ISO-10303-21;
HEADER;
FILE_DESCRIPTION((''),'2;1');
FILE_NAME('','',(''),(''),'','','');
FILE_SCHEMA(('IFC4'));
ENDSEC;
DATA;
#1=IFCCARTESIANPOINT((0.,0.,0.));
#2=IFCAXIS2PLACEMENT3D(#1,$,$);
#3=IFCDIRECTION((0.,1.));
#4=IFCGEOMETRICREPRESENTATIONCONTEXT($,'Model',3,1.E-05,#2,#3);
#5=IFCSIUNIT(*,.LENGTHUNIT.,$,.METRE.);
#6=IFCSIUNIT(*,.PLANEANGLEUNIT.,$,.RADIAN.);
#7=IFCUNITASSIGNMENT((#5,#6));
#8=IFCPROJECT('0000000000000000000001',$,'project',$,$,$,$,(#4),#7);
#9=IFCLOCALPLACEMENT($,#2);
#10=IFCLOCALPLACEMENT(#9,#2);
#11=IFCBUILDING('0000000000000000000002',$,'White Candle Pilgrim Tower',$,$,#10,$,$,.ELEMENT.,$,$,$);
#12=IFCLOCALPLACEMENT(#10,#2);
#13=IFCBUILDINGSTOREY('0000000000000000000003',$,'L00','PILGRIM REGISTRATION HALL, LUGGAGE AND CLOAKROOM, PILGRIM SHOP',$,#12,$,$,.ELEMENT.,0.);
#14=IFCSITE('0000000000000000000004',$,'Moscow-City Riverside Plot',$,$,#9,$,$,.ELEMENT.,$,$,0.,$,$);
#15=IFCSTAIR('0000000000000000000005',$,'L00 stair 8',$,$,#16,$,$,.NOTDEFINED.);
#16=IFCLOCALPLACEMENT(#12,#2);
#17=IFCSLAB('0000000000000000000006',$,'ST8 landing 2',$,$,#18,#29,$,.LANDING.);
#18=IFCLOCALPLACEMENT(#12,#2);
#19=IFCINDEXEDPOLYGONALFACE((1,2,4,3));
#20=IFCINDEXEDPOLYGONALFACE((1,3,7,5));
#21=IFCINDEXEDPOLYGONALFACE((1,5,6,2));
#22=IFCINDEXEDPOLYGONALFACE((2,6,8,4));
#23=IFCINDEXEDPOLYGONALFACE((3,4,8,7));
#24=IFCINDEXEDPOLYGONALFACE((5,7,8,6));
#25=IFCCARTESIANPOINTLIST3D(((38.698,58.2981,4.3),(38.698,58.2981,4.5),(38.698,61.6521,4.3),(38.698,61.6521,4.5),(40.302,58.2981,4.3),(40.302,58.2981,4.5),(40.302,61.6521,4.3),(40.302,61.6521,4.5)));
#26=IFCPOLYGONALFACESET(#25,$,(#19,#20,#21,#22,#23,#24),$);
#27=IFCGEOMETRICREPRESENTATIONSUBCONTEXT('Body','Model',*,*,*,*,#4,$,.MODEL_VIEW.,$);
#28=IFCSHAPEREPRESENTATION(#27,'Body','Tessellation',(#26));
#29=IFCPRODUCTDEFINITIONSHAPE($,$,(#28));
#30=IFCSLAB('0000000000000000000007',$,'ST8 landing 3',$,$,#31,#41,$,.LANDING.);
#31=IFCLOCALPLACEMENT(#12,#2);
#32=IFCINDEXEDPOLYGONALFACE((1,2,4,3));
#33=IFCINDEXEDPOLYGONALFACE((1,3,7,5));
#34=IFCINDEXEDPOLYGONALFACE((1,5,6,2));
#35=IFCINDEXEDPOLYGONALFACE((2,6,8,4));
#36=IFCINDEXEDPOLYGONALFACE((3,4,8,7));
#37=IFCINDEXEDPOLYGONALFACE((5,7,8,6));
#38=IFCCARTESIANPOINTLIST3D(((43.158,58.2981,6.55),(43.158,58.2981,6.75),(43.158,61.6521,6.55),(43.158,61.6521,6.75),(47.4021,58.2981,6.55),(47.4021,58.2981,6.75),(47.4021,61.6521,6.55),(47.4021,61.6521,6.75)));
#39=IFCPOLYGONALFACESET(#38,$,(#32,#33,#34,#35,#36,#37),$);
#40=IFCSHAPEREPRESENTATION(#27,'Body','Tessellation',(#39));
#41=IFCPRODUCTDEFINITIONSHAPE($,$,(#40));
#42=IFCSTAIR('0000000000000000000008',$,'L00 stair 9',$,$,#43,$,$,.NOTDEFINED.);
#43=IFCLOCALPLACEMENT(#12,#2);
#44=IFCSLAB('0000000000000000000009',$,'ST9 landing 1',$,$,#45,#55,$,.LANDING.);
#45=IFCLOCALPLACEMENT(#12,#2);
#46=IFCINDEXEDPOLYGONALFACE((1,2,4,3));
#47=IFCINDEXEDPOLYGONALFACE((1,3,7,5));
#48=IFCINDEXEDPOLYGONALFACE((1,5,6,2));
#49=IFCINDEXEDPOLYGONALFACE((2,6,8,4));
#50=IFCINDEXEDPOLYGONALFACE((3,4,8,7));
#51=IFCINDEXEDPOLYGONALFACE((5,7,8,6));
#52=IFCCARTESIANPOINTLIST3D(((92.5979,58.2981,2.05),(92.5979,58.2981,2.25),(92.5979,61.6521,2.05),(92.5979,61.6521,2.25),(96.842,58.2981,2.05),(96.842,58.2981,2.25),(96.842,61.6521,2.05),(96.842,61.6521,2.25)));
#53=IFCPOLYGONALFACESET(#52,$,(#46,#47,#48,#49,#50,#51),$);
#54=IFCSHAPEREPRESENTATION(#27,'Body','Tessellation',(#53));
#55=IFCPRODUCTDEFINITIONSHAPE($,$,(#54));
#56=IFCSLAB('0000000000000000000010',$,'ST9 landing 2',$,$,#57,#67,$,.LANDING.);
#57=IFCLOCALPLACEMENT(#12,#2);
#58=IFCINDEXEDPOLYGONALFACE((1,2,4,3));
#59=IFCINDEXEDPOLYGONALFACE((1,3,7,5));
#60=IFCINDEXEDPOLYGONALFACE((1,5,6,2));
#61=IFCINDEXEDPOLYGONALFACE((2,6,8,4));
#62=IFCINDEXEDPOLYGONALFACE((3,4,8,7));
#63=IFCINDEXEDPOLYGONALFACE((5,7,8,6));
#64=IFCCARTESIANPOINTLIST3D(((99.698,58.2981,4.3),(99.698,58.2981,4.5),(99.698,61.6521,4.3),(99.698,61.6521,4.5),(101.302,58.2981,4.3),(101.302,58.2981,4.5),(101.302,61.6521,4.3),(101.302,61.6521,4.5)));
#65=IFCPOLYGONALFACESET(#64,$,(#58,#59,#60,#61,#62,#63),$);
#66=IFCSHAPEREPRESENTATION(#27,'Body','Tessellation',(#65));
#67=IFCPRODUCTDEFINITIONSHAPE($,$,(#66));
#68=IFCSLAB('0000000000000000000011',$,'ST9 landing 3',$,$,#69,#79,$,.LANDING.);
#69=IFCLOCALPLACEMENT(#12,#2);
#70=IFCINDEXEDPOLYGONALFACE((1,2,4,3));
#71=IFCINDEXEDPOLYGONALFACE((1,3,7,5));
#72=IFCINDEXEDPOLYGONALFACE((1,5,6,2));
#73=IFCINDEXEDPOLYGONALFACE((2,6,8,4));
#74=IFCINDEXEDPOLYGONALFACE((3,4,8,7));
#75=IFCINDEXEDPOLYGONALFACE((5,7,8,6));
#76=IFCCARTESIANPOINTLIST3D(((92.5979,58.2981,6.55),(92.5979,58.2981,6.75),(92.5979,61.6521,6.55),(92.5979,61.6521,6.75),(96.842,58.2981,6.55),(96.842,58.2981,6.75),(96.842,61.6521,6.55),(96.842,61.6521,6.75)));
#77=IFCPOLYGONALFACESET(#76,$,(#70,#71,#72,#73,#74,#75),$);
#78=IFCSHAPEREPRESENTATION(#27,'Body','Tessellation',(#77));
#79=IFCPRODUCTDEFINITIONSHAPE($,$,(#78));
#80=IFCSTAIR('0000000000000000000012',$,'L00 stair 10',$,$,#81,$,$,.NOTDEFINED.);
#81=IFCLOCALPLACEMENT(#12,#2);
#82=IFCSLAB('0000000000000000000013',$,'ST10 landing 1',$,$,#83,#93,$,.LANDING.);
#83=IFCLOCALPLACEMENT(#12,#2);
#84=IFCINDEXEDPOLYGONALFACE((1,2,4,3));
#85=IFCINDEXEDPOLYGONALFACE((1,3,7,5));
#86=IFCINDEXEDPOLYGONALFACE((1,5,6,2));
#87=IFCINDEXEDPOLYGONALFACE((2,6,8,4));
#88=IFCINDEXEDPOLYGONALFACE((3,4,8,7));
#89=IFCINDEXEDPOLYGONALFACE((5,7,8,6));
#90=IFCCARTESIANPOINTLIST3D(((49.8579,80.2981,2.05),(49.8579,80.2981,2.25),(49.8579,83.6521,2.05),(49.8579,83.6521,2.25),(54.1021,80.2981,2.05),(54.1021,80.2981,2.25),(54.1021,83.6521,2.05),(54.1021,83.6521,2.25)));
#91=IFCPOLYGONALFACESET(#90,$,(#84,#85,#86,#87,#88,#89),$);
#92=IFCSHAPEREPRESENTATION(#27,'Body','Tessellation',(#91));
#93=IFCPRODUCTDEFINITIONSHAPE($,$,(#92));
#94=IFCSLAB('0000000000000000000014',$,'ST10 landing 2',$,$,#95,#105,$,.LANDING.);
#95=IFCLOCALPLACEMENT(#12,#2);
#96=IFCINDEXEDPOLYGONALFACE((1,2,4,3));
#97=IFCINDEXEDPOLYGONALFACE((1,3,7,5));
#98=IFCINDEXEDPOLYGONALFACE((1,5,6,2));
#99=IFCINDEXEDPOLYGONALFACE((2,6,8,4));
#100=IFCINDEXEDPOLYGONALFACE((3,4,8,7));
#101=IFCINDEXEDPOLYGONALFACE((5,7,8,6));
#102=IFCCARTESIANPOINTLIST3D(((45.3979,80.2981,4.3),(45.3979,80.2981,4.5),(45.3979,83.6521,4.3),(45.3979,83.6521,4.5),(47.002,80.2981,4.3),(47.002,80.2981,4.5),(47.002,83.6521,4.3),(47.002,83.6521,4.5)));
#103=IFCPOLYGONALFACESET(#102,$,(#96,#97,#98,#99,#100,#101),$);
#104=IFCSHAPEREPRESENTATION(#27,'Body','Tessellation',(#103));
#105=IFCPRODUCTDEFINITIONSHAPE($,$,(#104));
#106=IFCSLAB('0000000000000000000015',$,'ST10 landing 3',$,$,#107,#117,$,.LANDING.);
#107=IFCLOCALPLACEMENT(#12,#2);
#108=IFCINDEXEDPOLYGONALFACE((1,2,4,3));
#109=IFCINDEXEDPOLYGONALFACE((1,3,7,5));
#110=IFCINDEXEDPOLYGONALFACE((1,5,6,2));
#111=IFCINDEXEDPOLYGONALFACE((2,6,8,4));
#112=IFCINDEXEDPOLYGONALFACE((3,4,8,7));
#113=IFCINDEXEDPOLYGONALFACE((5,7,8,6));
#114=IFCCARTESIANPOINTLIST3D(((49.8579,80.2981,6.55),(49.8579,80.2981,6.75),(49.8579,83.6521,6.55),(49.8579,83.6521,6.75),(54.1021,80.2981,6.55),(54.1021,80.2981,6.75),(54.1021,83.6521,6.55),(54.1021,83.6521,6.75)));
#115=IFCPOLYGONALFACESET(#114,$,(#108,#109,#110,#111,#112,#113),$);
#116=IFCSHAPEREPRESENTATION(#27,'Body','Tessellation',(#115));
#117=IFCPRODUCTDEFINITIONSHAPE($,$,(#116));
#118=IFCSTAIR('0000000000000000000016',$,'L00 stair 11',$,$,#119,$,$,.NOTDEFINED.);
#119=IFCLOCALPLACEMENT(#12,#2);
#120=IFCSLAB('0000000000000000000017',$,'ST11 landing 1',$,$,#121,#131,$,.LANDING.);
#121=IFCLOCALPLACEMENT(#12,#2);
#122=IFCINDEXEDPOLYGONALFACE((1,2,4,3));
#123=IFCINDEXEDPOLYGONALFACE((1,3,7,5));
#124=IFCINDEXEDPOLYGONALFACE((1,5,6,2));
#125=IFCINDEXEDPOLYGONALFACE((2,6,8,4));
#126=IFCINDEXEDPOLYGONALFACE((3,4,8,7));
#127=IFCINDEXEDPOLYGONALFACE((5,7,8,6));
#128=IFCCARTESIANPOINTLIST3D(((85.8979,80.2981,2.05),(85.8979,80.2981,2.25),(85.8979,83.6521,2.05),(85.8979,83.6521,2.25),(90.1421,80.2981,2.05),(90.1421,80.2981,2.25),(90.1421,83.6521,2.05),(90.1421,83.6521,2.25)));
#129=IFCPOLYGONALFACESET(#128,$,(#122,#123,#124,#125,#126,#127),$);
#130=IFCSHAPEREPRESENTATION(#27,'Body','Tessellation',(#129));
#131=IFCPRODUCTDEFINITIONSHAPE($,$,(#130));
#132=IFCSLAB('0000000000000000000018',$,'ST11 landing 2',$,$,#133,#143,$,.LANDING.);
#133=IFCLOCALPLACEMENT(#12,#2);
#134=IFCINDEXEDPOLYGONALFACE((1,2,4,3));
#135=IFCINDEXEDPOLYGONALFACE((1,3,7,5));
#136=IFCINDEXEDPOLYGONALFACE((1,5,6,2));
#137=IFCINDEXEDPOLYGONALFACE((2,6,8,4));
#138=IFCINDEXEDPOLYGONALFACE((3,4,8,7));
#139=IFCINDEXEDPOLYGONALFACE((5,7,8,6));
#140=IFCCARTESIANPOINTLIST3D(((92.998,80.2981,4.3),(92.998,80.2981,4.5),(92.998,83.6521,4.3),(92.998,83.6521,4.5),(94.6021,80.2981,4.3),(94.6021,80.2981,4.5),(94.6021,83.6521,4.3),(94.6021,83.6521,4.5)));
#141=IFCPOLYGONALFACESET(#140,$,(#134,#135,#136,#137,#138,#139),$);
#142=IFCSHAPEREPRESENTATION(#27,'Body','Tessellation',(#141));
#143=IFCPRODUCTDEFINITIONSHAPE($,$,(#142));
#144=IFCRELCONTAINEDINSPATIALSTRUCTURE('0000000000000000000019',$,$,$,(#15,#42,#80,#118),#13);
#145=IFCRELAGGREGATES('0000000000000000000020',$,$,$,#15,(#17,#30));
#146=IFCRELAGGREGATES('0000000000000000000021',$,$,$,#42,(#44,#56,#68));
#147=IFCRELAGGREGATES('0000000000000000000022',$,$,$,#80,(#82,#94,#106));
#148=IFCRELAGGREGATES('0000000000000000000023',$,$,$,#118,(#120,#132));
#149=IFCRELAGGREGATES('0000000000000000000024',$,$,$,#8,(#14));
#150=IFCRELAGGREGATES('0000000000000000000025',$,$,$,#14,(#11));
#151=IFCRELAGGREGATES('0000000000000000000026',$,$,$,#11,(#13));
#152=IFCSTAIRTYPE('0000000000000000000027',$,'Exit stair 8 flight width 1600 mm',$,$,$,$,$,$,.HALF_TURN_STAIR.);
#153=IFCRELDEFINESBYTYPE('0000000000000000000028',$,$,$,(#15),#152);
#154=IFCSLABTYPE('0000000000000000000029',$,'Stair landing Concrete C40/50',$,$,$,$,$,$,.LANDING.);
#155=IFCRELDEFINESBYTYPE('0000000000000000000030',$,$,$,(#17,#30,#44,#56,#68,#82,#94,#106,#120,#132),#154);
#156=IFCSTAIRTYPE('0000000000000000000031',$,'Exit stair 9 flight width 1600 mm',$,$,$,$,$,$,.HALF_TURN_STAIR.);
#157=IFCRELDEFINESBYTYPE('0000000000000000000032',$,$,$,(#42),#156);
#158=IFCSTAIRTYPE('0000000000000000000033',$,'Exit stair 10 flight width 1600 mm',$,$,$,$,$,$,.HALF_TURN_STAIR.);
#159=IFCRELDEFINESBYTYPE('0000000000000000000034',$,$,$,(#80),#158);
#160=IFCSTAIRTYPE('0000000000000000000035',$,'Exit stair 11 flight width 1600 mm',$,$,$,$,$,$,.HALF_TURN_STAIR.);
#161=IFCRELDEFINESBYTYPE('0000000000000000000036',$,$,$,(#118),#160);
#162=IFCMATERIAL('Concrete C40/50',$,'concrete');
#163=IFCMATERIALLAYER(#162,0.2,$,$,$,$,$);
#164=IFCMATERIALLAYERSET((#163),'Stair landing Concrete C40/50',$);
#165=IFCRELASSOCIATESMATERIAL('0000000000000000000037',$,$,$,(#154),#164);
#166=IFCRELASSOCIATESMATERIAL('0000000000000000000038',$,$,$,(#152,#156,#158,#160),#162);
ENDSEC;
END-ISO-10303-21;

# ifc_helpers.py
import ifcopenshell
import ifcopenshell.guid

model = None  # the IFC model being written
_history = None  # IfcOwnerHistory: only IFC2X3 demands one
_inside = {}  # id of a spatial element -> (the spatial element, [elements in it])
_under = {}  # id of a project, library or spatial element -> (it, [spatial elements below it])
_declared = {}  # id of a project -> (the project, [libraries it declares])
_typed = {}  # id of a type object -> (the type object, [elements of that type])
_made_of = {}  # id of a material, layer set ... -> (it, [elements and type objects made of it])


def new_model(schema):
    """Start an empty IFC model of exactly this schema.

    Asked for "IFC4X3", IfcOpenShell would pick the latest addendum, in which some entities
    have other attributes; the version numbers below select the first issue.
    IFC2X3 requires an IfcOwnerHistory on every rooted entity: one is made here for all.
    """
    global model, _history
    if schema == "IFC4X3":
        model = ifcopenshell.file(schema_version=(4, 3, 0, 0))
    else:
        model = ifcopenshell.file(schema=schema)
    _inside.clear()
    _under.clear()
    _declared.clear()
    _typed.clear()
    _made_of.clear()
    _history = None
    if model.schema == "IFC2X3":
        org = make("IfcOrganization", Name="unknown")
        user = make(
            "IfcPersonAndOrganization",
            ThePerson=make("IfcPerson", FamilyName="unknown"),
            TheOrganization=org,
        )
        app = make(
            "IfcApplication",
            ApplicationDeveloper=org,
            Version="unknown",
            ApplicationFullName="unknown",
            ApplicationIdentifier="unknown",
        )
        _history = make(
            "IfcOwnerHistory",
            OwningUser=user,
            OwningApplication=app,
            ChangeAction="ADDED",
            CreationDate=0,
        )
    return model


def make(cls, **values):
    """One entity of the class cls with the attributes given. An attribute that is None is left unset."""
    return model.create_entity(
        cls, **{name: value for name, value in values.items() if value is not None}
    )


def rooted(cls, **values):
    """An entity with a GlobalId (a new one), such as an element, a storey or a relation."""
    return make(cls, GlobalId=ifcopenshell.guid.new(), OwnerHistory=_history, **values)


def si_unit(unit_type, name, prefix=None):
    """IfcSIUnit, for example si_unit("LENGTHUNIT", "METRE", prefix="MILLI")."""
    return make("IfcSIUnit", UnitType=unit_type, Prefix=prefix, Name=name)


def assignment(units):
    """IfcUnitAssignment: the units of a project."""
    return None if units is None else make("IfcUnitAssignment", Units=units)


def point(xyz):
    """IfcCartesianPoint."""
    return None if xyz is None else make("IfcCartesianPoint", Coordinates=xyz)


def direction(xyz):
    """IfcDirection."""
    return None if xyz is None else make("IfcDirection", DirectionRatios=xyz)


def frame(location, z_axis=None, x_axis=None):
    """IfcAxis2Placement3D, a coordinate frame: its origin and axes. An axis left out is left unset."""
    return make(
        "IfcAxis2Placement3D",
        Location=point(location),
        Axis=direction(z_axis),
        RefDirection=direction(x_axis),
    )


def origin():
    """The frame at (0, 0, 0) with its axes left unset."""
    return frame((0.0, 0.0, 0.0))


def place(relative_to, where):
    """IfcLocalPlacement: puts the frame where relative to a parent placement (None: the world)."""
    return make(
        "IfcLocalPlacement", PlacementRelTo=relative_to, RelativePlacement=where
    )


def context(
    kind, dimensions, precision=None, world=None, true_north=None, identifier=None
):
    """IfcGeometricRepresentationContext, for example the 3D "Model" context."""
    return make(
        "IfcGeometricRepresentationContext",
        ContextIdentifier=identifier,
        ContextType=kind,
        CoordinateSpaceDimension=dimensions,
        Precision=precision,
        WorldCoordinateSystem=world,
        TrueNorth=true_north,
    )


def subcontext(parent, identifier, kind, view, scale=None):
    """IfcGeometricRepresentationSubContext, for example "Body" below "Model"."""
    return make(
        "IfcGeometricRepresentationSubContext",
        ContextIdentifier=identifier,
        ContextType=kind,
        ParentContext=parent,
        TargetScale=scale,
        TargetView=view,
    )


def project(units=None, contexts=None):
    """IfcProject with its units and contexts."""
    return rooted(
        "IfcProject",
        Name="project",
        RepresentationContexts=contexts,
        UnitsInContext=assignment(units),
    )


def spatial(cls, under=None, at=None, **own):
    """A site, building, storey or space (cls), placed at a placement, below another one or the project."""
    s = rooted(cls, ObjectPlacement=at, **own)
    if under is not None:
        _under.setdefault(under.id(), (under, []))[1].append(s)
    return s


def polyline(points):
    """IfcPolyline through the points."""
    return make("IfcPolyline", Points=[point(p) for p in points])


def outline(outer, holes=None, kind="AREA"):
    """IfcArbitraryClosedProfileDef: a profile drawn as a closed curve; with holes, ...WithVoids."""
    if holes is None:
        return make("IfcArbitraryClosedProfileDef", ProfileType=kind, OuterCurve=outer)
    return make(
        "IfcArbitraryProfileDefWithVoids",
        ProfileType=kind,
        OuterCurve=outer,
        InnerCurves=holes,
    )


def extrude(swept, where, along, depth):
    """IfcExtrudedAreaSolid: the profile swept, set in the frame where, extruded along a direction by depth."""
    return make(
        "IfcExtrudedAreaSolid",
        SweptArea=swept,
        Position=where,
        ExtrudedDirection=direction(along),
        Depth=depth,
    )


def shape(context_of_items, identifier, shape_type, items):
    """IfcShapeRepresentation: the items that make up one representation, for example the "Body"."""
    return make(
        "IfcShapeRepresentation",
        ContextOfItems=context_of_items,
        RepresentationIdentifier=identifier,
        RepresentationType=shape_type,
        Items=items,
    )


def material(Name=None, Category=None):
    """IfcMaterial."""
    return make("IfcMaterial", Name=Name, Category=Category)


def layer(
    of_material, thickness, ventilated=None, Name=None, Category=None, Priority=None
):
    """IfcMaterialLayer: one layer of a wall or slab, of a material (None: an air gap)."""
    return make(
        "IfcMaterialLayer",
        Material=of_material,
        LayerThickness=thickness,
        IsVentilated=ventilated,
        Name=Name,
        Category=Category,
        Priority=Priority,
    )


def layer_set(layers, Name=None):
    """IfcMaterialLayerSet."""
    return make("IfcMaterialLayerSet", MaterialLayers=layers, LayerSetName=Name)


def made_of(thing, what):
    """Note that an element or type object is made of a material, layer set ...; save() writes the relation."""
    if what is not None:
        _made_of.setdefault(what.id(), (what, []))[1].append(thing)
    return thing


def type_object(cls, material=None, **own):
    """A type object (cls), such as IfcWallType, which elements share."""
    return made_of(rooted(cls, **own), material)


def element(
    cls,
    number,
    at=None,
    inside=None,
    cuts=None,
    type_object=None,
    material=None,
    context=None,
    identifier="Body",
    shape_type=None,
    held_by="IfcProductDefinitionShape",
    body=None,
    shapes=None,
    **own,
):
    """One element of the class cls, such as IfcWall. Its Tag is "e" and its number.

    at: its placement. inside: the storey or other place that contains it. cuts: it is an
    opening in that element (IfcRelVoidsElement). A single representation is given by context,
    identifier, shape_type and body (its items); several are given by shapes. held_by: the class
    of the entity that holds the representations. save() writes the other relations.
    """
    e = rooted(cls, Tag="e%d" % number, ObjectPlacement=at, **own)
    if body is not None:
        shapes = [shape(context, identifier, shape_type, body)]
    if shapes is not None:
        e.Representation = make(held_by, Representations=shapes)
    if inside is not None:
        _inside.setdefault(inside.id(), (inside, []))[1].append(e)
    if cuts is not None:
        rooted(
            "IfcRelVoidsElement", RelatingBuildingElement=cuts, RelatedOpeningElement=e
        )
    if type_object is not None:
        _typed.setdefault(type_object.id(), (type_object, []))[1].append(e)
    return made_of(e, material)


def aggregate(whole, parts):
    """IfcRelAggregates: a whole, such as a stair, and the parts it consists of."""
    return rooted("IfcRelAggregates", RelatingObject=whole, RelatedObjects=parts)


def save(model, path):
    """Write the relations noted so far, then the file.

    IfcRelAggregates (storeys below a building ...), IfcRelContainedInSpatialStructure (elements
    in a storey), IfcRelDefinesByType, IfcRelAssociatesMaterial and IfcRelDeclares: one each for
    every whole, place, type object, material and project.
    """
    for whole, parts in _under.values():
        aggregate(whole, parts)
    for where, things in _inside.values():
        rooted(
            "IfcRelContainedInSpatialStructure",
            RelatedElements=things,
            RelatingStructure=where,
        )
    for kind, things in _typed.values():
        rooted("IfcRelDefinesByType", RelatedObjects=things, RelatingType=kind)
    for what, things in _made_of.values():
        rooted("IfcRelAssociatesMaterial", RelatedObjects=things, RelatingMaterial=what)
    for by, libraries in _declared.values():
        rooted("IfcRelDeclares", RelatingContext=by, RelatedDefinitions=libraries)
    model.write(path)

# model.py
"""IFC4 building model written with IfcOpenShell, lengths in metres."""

from ifc_helpers import new_model, si_unit, direction, frame, origin, place, context, subcontext, project, spatial, polyline, outline, extrude, material, layer, layer_set, type_object, element, aggregate, save


model = new_model("IFC4")

# Units and contexts
model_context = context("Model", 3, precision=1e-05, world=origin(), true_north=direction((0.0, 1.0)))
body_context = subcontext(model_context, "Body", "Model", "MODEL_VIEW")
ifc_project = project(units=[si_unit("LENGTHUNIT", "METRE"), si_unit("PLANEANGLEUNIT", "RADIAN")], contexts=[model_context])

# Site, building, storey
site_placement = place(None, origin())
site = spatial("IfcSite", under=ifc_project, at=site_placement, Name="Moscow-City Riverside Plot", CompositionType="ELEMENT", RefElevation=0.0)
building_placement = place(site_placement, origin())
building = spatial("IfcBuilding", under=site, at=building_placement, Name="White Candle Pilgrim Tower", CompositionType="ELEMENT")
storey_placement = place(building_placement, origin())
storey = spatial("IfcBuildingStorey", under=building, at=storey_placement, Name="L00", Description="PILGRIM REGISTRATION HALL, LUGGAGE AND CLOAKROOM, PILGRIM SHOP", CompositionType="ELEMENT", Elevation=0.0)

# Shared definitions
ifc_material = material(Name="Concrete C40/50", Category="concrete")
ifc_layer = layer(ifc_material, 0.2)
ifc_layer_set = layer_set([ifc_layer], Name="Stair landing Concrete C40/50")
slab_type = type_object("IfcSlabType", Name="Stair landing Concrete C40/50", PredefinedType="LANDING", material=ifc_layer_set)

# Stairs, slabs
stair_type_1 = type_object("IfcStairType", Name="Exit stair 8 flight width 1600 mm", PredefinedType="HALF_TURN_STAIR", material=ifc_material)
stair_1_placement = place(storey_placement, origin())
stair_1 = element("IfcStair", 1, at=stair_1_placement, inside=storey, type_object=stair_type_1, Name="L00 stair 8", PredefinedType="NOTDEFINED")
slab_1_placement = place(storey_placement, frame((0.0, 0.0, 4.3)))
slab_1 = element("IfcSlab", 2, at=slab_1_placement, type_object=slab_type, Name="ST8 landing 2", PredefinedType="LANDING", context=body_context, shape_type="SweptSolid", body=[
    extrude(outline(polyline([(38.698, 58.2981), (38.698, 61.6521), (40.302, 61.6521), (40.302, 58.2981), (38.698, 58.2981)])), origin(), (0.0, 0.0, 1.0), 0.2),
])
slab_2_placement = place(storey_placement, frame((0.0, 0.0, 6.55)))
slab_2 = element("IfcSlab", 3, at=slab_2_placement, type_object=slab_type, Name="ST8 landing 3", PredefinedType="LANDING", context=body_context, shape_type="SweptSolid", body=[
    extrude(outline(polyline([(43.158, 58.2981), (43.158, 61.6521), (47.4021, 61.6521), (47.4021, 58.2981), (43.158, 58.2981)])), origin(), (0.0, 0.0, 1.0), 0.2),
])
aggregate(stair_1, [slab_1, slab_2])
stair_type_2 = type_object("IfcStairType", Name="Exit stair 9 flight width 1600 mm", PredefinedType="HALF_TURN_STAIR", material=ifc_material)
stair_2_placement = place(storey_placement, origin())
stair_2 = element("IfcStair", 4, at=stair_2_placement, inside=storey, type_object=stair_type_2, Name="L00 stair 9", PredefinedType="NOTDEFINED")
slab_3_placement = place(storey_placement, frame((0.0, 0.0, 2.05)))
slab_3 = element("IfcSlab", 5, at=slab_3_placement, type_object=slab_type, Name="ST9 landing 1", PredefinedType="LANDING", context=body_context, shape_type="SweptSolid", body=[
    extrude(outline(polyline([(96.842, 61.6521), (96.842, 58.2981), (92.5979, 58.2981), (92.5979, 61.6521), (96.842, 61.6521)])), origin(), (0.0, 0.0, 1.0), 0.2),
])
slab_4_placement = place(storey_placement, frame((0.0, 0.0, 4.3)))
slab_4 = element("IfcSlab", 6, at=slab_4_placement, type_object=slab_type, Name="ST9 landing 2", PredefinedType="LANDING", context=body_context, shape_type="SweptSolid", body=[
    extrude(outline(polyline([(101.302, 61.6521), (101.302, 58.2981), (99.698, 58.2981), (99.698, 61.6521), (101.302, 61.6521)])), origin(), (0.0, 0.0, 1.0), 0.2),
])
slab_5_placement = place(storey_placement, frame((0.0, 0.0, 6.55)))
slab_5 = element("IfcSlab", 7, at=slab_5_placement, type_object=slab_type, Name="ST9 landing 3", PredefinedType="LANDING", context=body_context, shape_type="SweptSolid", body=[
    extrude(outline(polyline([(96.842, 61.6521), (96.842, 58.2981), (92.5979, 58.2981), (92.5979, 61.6521), (96.842, 61.6521)])), origin(), (0.0, 0.0, 1.0), 0.2),
])
aggregate(stair_2, [slab_3, slab_4, slab_5])
stair_type_3 = type_object("IfcStairType", Name="Exit stair 10 flight width 1600 mm", PredefinedType="HALF_TURN_STAIR", material=ifc_material)
stair_3_placement = place(storey_placement, origin())
stair_3 = element("IfcStair", 8, at=stair_3_placement, inside=storey, type_object=stair_type_3, Name="L00 stair 10", PredefinedType="NOTDEFINED")
slab_6_placement = place(storey_placement, frame((0.0, 0.0, 2.05)))
slab_6 = element("IfcSlab", 9, at=slab_6_placement, type_object=slab_type, Name="ST10 landing 1", PredefinedType="LANDING", context=body_context, shape_type="SweptSolid", body=[
    extrude(outline(polyline([(49.8579, 80.2981), (49.8579, 83.6521), (54.1021, 83.6521), (54.1021, 80.2981), (49.8579, 80.2981)])), origin(), (0.0, 0.0, 1.0), 0.2),
])
slab_7_placement = place(storey_placement, frame((0.0, 0.0, 4.3)))
slab_7 = element("IfcSlab", 10, at=slab_7_placement, type_object=slab_type, Name="ST10 landing 2", PredefinedType="LANDING", context=body_context, shape_type="SweptSolid", body=[
    extrude(outline(polyline([(45.3979, 80.2981), (45.3979, 83.6521), (47.002, 83.6521), (47.002, 80.2981), (45.3979, 80.2981)])), origin(), (0.0, 0.0, 1.0), 0.2),
])
slab_8_placement = place(storey_placement, frame((0.0, 0.0, 6.55)))
slab_8 = element("IfcSlab", 11, at=slab_8_placement, type_object=slab_type, Name="ST10 landing 3", PredefinedType="LANDING", context=body_context, shape_type="SweptSolid", body=[
    extrude(outline(polyline([(49.8579, 80.2981), (49.8579, 83.6521), (54.1021, 83.6521), (54.1021, 80.2981), (49.8579, 80.2981)])), origin(), (0.0, 0.0, 1.0), 0.2),
])
aggregate(stair_3, [slab_6, slab_7, slab_8])
stair_type_4 = type_object("IfcStairType", Name="Exit stair 11 flight width 1600 mm", PredefinedType="HALF_TURN_STAIR", material=ifc_material)
stair_4_placement = place(storey_placement, origin())
stair_4 = element("IfcStair", 12, at=stair_4_placement, inside=storey, type_object=stair_type_4, Name="L00 stair 11", PredefinedType="NOTDEFINED")
slab_9_placement = place(storey_placement, frame((0.0, 0.0, 2.05)))
slab_9 = element("IfcSlab", 13, at=slab_9_placement, type_object=slab_type, Name="ST11 landing 1", PredefinedType="LANDING", context=body_context, shape_type="SweptSolid", body=[
    extrude(outline(polyline([(90.1421, 83.6521), (90.1421, 80.2981), (85.8979, 80.2981), (85.8979, 83.6521), (90.1421, 83.6521)])), origin(), (0.0, 0.0, 1.0), 0.2),
])
slab_10_placement = place(storey_placement, frame((0.0, 0.0, 4.3)))
slab_10 = element("IfcSlab", 14, at=slab_10_placement, type_object=slab_type, Name="ST11 landing 2", PredefinedType="LANDING", context=body_context, shape_type="SweptSolid", body=[
    extrude(outline(polyline([(94.6021, 83.6521), (94.6021, 80.2981), (92.998, 80.2981), (92.998, 83.6521), (94.6021, 83.6521)])), origin(), (0.0, 0.0, 1.0), 0.2),
])
aggregate(stair_4, [slab_9, slab_10])

save(model, "model.ifc")
